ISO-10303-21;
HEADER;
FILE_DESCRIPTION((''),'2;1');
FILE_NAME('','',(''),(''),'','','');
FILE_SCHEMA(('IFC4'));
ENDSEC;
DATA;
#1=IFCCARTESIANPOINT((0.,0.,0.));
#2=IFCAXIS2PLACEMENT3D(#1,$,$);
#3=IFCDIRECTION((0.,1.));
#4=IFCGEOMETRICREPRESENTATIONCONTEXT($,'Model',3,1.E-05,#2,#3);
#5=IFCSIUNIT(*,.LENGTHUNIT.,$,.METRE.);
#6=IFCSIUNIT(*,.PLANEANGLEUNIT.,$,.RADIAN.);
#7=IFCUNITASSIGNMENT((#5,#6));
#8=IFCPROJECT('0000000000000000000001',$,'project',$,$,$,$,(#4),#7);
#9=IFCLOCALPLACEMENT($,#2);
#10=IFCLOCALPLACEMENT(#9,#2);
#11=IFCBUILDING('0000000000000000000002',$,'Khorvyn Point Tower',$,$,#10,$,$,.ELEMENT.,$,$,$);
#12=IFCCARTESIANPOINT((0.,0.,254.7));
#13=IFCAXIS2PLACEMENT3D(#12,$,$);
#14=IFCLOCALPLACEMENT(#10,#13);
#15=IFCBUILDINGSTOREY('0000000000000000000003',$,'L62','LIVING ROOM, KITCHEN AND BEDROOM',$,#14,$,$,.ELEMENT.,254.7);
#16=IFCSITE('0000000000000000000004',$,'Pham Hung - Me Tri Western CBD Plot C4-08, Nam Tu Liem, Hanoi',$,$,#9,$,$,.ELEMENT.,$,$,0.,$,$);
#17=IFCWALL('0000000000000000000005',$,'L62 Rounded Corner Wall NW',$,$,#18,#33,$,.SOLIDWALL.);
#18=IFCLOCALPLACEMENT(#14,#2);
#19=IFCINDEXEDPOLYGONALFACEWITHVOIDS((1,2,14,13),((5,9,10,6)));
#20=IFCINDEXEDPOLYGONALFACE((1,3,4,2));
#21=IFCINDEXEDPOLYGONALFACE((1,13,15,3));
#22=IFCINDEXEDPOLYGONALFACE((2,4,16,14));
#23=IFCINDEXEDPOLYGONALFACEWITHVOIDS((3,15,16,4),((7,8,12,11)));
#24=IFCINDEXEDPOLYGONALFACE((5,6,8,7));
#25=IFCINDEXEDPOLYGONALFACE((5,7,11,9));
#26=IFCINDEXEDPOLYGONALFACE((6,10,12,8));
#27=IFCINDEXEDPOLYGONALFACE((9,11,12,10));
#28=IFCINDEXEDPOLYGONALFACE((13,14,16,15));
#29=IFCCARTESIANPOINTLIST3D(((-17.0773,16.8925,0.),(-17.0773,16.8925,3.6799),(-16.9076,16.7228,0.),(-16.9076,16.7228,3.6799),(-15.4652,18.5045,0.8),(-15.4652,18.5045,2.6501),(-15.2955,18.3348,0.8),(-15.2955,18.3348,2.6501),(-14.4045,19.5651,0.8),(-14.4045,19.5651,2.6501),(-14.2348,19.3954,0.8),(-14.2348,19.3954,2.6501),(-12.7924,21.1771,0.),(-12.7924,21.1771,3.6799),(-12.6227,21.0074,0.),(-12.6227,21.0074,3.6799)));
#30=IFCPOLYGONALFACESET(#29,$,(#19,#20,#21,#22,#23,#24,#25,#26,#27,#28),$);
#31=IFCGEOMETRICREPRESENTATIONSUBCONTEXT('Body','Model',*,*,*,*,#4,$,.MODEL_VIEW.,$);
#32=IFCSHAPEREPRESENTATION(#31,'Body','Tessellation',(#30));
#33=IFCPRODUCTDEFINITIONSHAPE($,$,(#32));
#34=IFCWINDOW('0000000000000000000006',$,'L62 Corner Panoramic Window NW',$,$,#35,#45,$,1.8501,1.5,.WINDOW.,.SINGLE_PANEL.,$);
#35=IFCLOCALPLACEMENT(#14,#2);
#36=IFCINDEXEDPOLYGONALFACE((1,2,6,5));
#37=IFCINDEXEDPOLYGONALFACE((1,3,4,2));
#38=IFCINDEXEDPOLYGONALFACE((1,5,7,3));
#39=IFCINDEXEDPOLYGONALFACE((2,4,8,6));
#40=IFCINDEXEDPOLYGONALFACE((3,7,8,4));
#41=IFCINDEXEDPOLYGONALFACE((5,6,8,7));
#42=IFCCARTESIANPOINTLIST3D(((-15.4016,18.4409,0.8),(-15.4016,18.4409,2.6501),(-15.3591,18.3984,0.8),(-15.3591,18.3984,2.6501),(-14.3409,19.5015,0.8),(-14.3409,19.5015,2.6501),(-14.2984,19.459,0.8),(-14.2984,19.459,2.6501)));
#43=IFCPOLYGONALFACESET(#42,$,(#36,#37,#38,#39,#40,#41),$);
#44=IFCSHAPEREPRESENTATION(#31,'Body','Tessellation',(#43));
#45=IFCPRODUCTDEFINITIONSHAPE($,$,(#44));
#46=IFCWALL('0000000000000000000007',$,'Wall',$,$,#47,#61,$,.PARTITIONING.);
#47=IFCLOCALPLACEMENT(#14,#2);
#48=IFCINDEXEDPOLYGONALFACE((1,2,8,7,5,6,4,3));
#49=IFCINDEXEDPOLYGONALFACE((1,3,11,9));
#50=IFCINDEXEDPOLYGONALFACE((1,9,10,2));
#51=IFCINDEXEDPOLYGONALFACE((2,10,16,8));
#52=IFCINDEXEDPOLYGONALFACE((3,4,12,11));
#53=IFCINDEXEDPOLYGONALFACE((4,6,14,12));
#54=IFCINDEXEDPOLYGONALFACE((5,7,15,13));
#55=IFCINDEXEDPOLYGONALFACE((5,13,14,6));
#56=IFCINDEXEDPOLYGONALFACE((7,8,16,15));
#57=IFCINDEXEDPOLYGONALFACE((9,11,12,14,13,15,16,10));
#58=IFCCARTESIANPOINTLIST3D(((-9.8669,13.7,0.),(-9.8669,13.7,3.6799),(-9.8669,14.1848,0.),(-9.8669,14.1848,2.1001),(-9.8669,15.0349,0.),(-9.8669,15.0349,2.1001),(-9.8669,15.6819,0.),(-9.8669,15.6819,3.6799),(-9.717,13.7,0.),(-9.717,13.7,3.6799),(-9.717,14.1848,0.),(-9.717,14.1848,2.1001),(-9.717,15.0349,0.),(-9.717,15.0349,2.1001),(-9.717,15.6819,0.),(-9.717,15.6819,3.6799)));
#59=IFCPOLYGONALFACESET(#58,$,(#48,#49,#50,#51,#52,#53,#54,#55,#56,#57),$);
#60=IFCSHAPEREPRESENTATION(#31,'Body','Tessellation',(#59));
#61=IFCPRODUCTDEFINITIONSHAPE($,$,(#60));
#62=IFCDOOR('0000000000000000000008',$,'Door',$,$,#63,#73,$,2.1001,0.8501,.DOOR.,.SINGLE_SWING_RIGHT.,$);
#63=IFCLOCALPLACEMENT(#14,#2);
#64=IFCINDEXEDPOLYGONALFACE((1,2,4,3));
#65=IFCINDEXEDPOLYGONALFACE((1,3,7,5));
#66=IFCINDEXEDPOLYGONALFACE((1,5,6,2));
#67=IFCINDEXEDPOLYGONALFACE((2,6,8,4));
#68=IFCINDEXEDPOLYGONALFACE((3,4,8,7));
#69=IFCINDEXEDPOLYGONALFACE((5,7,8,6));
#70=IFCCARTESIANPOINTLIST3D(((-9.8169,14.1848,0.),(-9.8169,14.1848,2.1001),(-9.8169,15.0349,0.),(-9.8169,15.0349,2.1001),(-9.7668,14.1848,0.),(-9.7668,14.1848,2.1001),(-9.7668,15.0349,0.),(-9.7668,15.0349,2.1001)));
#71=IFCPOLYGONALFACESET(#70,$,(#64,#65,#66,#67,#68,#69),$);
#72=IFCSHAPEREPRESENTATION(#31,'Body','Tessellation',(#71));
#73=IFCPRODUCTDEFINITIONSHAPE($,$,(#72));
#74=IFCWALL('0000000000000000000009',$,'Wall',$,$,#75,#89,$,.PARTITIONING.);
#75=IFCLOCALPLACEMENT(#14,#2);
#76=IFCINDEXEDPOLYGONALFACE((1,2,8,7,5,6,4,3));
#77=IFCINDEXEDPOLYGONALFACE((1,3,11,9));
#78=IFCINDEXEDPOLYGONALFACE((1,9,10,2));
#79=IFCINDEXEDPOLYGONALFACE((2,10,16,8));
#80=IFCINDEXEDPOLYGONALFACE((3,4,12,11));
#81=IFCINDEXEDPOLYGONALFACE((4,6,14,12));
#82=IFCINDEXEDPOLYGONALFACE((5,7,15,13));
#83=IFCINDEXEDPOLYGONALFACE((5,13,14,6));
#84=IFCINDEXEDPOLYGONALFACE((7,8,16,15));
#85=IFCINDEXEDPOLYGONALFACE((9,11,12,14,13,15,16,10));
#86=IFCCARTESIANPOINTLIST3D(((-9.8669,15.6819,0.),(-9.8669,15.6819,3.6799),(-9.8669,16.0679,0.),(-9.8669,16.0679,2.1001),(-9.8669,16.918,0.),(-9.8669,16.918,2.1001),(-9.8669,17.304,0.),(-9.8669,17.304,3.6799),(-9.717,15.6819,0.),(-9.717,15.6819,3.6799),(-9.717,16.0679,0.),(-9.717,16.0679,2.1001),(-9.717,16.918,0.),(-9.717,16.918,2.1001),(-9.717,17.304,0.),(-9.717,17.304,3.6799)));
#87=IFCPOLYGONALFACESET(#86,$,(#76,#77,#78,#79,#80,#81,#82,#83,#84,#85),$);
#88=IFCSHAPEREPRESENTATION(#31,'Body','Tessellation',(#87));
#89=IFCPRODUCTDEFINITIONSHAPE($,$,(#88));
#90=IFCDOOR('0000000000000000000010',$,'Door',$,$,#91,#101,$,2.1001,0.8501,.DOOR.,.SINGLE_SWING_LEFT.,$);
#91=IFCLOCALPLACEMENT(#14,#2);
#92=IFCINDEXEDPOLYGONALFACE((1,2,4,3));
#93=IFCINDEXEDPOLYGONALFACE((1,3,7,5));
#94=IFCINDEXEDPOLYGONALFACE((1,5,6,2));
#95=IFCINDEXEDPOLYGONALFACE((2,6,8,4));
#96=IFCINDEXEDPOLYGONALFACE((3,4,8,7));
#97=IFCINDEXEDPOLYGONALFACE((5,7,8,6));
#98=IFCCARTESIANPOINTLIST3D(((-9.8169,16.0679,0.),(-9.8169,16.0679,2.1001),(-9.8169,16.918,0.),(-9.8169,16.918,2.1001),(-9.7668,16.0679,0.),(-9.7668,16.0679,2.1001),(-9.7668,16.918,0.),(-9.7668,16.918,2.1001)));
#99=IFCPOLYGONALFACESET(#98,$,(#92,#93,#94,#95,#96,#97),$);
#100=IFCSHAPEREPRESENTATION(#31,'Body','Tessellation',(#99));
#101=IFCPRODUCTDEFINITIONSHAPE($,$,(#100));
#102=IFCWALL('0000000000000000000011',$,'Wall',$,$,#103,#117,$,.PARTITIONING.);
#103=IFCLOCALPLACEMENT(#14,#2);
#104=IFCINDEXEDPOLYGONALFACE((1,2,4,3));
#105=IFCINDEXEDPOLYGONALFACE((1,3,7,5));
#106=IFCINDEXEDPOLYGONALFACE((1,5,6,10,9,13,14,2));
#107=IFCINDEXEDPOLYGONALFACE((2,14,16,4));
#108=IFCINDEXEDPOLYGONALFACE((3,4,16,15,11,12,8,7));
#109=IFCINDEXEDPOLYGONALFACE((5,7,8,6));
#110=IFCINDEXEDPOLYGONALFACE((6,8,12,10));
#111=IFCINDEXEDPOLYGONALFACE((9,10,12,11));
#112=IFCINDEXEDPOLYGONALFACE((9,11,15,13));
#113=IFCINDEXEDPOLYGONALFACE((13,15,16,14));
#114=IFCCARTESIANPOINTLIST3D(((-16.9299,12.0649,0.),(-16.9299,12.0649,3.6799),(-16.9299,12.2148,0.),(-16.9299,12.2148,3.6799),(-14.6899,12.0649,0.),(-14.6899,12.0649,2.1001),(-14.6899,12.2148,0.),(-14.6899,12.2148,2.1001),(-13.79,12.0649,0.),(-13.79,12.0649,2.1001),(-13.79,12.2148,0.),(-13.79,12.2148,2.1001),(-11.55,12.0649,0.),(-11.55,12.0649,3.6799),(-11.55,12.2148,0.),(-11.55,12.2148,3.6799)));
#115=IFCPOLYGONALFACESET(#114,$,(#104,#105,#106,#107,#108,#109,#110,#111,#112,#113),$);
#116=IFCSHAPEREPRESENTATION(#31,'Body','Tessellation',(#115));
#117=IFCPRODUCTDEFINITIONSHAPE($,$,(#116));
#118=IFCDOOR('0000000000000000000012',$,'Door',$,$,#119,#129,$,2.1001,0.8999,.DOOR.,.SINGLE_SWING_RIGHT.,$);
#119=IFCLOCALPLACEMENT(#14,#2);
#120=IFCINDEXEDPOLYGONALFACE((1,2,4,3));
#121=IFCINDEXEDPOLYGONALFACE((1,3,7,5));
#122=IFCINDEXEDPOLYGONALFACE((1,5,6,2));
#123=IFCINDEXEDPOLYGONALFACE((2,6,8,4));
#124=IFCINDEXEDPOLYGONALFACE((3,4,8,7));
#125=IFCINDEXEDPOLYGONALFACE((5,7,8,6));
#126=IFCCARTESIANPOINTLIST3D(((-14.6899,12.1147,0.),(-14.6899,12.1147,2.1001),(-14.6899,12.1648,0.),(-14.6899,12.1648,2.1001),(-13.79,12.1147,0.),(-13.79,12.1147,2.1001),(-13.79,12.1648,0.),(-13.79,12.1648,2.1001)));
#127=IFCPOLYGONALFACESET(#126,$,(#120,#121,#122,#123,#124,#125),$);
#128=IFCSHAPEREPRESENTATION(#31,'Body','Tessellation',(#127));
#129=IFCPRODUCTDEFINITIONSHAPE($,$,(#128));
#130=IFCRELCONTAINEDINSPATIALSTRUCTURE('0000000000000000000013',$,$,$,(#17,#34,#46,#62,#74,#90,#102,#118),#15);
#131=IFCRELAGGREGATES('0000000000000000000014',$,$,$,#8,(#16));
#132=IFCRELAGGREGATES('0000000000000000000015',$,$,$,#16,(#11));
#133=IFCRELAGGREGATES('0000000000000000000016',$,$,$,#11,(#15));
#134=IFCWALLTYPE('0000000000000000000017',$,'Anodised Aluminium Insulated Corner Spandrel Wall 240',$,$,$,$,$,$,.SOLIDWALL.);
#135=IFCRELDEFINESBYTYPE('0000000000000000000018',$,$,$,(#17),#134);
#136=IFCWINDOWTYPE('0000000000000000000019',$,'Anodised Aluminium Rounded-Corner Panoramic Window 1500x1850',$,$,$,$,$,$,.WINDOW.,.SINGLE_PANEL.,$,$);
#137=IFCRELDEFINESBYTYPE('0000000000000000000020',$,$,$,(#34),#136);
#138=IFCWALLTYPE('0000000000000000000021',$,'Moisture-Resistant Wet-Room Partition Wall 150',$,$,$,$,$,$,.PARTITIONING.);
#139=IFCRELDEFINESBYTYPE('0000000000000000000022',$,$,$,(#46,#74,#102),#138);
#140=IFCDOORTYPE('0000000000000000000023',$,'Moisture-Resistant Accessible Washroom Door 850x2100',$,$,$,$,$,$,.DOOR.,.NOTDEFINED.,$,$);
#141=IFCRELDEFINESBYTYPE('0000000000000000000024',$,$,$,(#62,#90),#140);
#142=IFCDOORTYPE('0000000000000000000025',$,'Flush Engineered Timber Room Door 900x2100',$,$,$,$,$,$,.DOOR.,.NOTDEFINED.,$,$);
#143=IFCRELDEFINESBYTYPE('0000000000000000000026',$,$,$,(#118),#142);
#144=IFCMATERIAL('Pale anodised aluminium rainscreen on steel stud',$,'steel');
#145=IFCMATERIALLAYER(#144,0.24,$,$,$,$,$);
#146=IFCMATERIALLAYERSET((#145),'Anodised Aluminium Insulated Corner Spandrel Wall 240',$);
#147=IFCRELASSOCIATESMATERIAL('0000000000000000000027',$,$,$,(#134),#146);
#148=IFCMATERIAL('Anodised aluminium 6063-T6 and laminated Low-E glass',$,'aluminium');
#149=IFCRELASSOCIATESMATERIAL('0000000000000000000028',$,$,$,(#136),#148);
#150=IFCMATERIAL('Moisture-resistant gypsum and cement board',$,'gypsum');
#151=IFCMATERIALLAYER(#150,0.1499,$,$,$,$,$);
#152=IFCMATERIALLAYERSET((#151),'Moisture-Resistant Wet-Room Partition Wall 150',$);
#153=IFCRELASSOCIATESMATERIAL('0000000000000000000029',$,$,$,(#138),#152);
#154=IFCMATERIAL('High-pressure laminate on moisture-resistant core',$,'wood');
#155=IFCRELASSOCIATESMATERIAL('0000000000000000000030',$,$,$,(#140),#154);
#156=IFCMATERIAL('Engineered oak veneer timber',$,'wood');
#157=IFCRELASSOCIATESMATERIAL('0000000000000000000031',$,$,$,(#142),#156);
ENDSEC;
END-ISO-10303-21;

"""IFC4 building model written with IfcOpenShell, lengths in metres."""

from ifc_helpers import new_model, si_unit, direction, frame, frame_2d, origin, place, context, subcontext, project, spatial, rectangle, extrude, material, layer, layer_set, type_object, element, fill, save


model = new_model("IFC4")

# Units and contexts
model_context = context("Model", 3, precision=1e-05, world=origin(), true_north=direction((0.0, 1.0)))
body_context = subcontext(model_context, "Body", "Model", "MODEL_VIEW")
ifc_project = project(units=[si_unit("LENGTHUNIT", "METRE"), si_unit("PLANEANGLEUNIT", "RADIAN")], contexts=[model_context])

# Site, building, storey
site_placement = place(None, origin())
site = spatial("IfcSite", under=ifc_project, at=site_placement, Name="Pham Hung - Me Tri Western CBD Plot C4-08, Nam Tu Liem, Hanoi", CompositionType="ELEMENT", RefElevation=0.0)
building_placement = place(site_placement, origin())
building = spatial("IfcBuilding", under=site, at=building_placement, Name="Khorvyn Point Tower", CompositionType="ELEMENT")
storey_placement = place(building_placement, frame((0.0, 0.0, 254.7)))
storey = spatial("IfcBuildingStorey", under=building, at=storey_placement, Name="L62", Description="LIVING ROOM, KITCHEN AND BEDROOM", CompositionType="ELEMENT", Elevation=254.7)

# Shared definitions
ifc_material_1 = material(Name="Anodised aluminium 6063-T6 and laminated Low-E glass", Category="aluminium")

# Shared definitions
ifc_material_2 = material(Name="Pale anodised aluminium rainscreen on steel stud", Category="steel")
ifc_layer_1 = layer(ifc_material_2, 0.24)
ifc_layer_set_1 = layer_set([ifc_layer_1], Name="Anodised Aluminium Insulated Corner Spandrel Wall 240")
wall_type_1 = type_object("IfcWallType", Name="Anodised Aluminium Insulated Corner Spandrel Wall 240", PredefinedType="SOLIDWALL", material=ifc_layer_set_1)

# Wall, opening, window
wall_1_placement = place(storey_placement, frame((-16.9924, 16.8076, 0.0), z_axis=(0.0, 0.0, 1.0), x_axis=(0.707127, 0.707087, 0.0)))
wall_1 = element("IfcWall", 1, at=wall_1_placement, inside=storey, type_object=wall_type_1, Name="L62 Rounded Corner Wall NW", PredefinedType="SOLIDWALL", context=body_context, shape_type="SweptSolid", body=[
    extrude(rectangle(XDim=6.0596, YDim=0.24, at=frame_2d((3.0298, 0.0))), origin(), (0.0, 0.0, 1.0), 3.6799),
])
opening_1_placement = place(wall_1_placement, frame((2.2798, 0.0, 0.8)))
opening_1 = element("IfcOpeningElement", 2, at=opening_1_placement, cuts=wall_1, PredefinedType="OPENING", context=body_context, shape_type="SweptSolid", body=[
    extrude(rectangle(XDim=1.5, YDim=1.8501, at=frame_2d((0.75, 0.925))), frame((0.0, 0.1299, 0.0), z_axis=(0.0, -1.0, 0.0), x_axis=(1.0, 0.0, 0.0)), (0.0, 0.0, 1.0), 0.26),
])
window_type = type_object("IfcWindowType", Name="Anodised Aluminium Rounded-Corner Panoramic Window 1500x1850", PartitioningType="SINGLE_PANEL", PredefinedType="WINDOW", material=ifc_material_1)
window_placement = place(opening_1_placement, origin())
window = element("IfcWindow", 3, at=window_placement, inside=storey, type_object=window_type, Name="L62 Corner Panoramic Window NW", OverallHeight=1.8501, OverallWidth=1.5, PartitioningType="SINGLE_PANEL", PredefinedType="WINDOW", context=body_context, shape_type="SweptSolid", body=[
    extrude(rectangle(XDim=1.5, YDim=1.8501, at=frame_2d((0.75, 0.925))), frame((0.0, 0.03, 0.0), z_axis=(0.0, -1.0, 0.0), x_axis=(1.0, 0.0, 0.0)), (0.0, 0.0, 1.0), 0.0601),
])
fill(opening_1, window)

# Walls, openings, doors
ifc_material_3 = material(Name="Moisture-resistant gypsum and cement board", Category="gypsum")
ifc_layer_2 = layer(ifc_material_3, 0.1499)
ifc_layer_set_2 = layer_set([ifc_layer_2], Name="Moisture-Resistant Wet-Room Partition Wall 150")
wall_type_2 = type_object("IfcWallType", Name="Moisture-Resistant Wet-Room Partition Wall 150", PredefinedType="PARTITIONING", material=ifc_layer_set_2)
wall_2_placement = place(storey_placement, frame((-9.792, 13.7, 0.0), z_axis=(0.0, 0.0, 1.0), x_axis=(0.0, 1.0, 0.0)))
wall_2 = element("IfcWall", 4, at=wall_2_placement, inside=storey, type_object=wall_type_2, Name="Wall", PredefinedType="PARTITIONING", context=body_context, shape_type="SweptSolid", body=[
    extrude(rectangle(XDim=1.9819, YDim=0.1499, at=frame_2d((0.991, 0.0))), origin(), (0.0, 0.0, 1.0), 3.6799),
])
opening_2_placement = place(wall_2_placement, frame((0.4849, 0.0, 0.0)))
opening_2 = element("IfcOpeningElement", 5, at=opening_2_placement, cuts=wall_2, PredefinedType="OPENING", context=body_context, shape_type="SweptSolid", body=[
    extrude(rectangle(XDim=0.8501, YDim=2.1001, at=frame_2d((0.425, 1.05))), frame((0.0, 0.085, 0.0), z_axis=(0.0, -1.0, 0.0), x_axis=(1.0, 0.0, 0.0)), (0.0, 0.0, 1.0), 0.1699),
])
ifc_material_4 = material(Name="High-pressure laminate on moisture-resistant core", Category="wood")
door_type_1 = type_object("IfcDoorType", Name="Moisture-Resistant Accessible Washroom Door 850x2100", OperationType="NOTDEFINED", PredefinedType="DOOR", material=ifc_material_4)
door_1_placement = place(opening_2_placement, origin())
door_1 = element("IfcDoor", 6, at=door_1_placement, inside=storey, type_object=door_type_1, Name="Door", OperationType="SINGLE_SWING_RIGHT", OverallHeight=2.1001, OverallWidth=0.8501, PredefinedType="DOOR", context=body_context, shape_type="SweptSolid", body=[
    extrude(rectangle(XDim=0.8501, YDim=2.1001, at=frame_2d((0.425, 1.05))), frame((0.0, 0.0249, 0.0), z_axis=(0.0, -1.0, 0.0), x_axis=(1.0, 0.0, 0.0)), (0.0, 0.0, 1.0), 0.05),
])
fill(opening_2, door_1)
wall_3_placement = place(storey_placement, frame((-9.792, 15.6819, 0.0), z_axis=(0.0, 0.0, 1.0), x_axis=(0.0, 1.0, 0.0)))
wall_3 = element("IfcWall", 7, at=wall_3_placement, inside=storey, type_object=wall_type_2, Name="Wall", PredefinedType="PARTITIONING", context=body_context, shape_type="SweptSolid", body=[
    extrude(rectangle(XDim=1.6221, YDim=0.1499, at=frame_2d((0.811, 0.0))), origin(), (0.0, 0.0, 1.0), 3.6799),
])
opening_3_placement = place(wall_3_placement, frame((0.386, 0.0, 0.0)))
opening_3 = element("IfcOpeningElement", 8, at=opening_3_placement, cuts=wall_3, PredefinedType="OPENING", context=body_context, shape_type="SweptSolid", body=[
    extrude(rectangle(XDim=0.8501, YDim=2.1001, at=frame_2d((0.425, 1.05))), frame((0.0, 0.085, 0.0), z_axis=(0.0, -1.0, 0.0), x_axis=(1.0, 0.0, 0.0)), (0.0, 0.0, 1.0), 0.1699),
])
door_2_placement = place(opening_3_placement, origin())
door_2 = element("IfcDoor", 9, at=door_2_placement, inside=storey, type_object=door_type_1, Name="Door", OperationType="SINGLE_SWING_LEFT", OverallHeight=2.1001, OverallWidth=0.8501, PredefinedType="DOOR", context=body_context, shape_type="SweptSolid", body=[
    extrude(rectangle(XDim=0.8501, YDim=2.1001, at=frame_2d((0.425, 1.05))), frame((0.0, 0.0249, 0.0), z_axis=(0.0, -1.0, 0.0), x_axis=(1.0, 0.0, 0.0)), (0.0, 0.0, 1.0), 0.05),
])
fill(opening_3, door_2)
wall_4_placement = place(storey_placement, frame((-16.9299, 12.1399, 0.0), z_axis=(0.0, 0.0, 1.0), x_axis=(1.0, 0.0, 0.0)))
wall_4 = element("IfcWall", 10, at=wall_4_placement, inside=storey, type_object=wall_type_2, Name="Wall", PredefinedType="PARTITIONING", context=body_context, shape_type="SweptSolid", body=[
    extrude(rectangle(XDim=5.3799, YDim=0.1499, at=frame_2d((2.6899, 0.0))), origin(), (0.0, 0.0, 1.0), 3.6799),
])
opening_4_placement = place(wall_4_placement, frame((2.24, 0.0, 0.0)))
opening_4 = element("IfcOpeningElement", 11, at=opening_4_placement, cuts=wall_4, PredefinedType="OPENING", context=body_context, shape_type="SweptSolid", body=[
    extrude(rectangle(XDim=0.8999, YDim=2.1001, at=frame_2d((0.45, 1.05))), frame((0.0, 0.085, 0.0), z_axis=(0.0, -1.0, 0.0), x_axis=(1.0, 0.0, 0.0)), (0.0, 0.0, 1.0), 0.1699),
])
ifc_material_5 = material(Name="Engineered oak veneer timber", Category="wood")
door_type_2 = type_object("IfcDoorType", Name="Flush Engineered Timber Room Door 900x2100", OperationType="NOTDEFINED", PredefinedType="DOOR", material=ifc_material_5)
door_3_placement = place(opening_4_placement, origin())
door_3 = element("IfcDoor", 12, at=door_3_placement, inside=storey, type_object=door_type_2, Name="Door", OperationType="SINGLE_SWING_RIGHT", OverallHeight=2.1001, OverallWidth=0.8999, PredefinedType="DOOR", context=body_context, shape_type="SweptSolid", body=[
    extrude(rectangle(XDim=0.8999, YDim=2.1001, at=frame_2d((0.45, 1.05))), frame((0.0, 0.0249, 0.0), z_axis=(0.0, -1.0, 0.0), x_axis=(1.0, 0.0, 0.0)), (0.0, 0.0, 1.0), 0.05),
])
fill(opening_4, door_3)

save(model, "model.ifc")
